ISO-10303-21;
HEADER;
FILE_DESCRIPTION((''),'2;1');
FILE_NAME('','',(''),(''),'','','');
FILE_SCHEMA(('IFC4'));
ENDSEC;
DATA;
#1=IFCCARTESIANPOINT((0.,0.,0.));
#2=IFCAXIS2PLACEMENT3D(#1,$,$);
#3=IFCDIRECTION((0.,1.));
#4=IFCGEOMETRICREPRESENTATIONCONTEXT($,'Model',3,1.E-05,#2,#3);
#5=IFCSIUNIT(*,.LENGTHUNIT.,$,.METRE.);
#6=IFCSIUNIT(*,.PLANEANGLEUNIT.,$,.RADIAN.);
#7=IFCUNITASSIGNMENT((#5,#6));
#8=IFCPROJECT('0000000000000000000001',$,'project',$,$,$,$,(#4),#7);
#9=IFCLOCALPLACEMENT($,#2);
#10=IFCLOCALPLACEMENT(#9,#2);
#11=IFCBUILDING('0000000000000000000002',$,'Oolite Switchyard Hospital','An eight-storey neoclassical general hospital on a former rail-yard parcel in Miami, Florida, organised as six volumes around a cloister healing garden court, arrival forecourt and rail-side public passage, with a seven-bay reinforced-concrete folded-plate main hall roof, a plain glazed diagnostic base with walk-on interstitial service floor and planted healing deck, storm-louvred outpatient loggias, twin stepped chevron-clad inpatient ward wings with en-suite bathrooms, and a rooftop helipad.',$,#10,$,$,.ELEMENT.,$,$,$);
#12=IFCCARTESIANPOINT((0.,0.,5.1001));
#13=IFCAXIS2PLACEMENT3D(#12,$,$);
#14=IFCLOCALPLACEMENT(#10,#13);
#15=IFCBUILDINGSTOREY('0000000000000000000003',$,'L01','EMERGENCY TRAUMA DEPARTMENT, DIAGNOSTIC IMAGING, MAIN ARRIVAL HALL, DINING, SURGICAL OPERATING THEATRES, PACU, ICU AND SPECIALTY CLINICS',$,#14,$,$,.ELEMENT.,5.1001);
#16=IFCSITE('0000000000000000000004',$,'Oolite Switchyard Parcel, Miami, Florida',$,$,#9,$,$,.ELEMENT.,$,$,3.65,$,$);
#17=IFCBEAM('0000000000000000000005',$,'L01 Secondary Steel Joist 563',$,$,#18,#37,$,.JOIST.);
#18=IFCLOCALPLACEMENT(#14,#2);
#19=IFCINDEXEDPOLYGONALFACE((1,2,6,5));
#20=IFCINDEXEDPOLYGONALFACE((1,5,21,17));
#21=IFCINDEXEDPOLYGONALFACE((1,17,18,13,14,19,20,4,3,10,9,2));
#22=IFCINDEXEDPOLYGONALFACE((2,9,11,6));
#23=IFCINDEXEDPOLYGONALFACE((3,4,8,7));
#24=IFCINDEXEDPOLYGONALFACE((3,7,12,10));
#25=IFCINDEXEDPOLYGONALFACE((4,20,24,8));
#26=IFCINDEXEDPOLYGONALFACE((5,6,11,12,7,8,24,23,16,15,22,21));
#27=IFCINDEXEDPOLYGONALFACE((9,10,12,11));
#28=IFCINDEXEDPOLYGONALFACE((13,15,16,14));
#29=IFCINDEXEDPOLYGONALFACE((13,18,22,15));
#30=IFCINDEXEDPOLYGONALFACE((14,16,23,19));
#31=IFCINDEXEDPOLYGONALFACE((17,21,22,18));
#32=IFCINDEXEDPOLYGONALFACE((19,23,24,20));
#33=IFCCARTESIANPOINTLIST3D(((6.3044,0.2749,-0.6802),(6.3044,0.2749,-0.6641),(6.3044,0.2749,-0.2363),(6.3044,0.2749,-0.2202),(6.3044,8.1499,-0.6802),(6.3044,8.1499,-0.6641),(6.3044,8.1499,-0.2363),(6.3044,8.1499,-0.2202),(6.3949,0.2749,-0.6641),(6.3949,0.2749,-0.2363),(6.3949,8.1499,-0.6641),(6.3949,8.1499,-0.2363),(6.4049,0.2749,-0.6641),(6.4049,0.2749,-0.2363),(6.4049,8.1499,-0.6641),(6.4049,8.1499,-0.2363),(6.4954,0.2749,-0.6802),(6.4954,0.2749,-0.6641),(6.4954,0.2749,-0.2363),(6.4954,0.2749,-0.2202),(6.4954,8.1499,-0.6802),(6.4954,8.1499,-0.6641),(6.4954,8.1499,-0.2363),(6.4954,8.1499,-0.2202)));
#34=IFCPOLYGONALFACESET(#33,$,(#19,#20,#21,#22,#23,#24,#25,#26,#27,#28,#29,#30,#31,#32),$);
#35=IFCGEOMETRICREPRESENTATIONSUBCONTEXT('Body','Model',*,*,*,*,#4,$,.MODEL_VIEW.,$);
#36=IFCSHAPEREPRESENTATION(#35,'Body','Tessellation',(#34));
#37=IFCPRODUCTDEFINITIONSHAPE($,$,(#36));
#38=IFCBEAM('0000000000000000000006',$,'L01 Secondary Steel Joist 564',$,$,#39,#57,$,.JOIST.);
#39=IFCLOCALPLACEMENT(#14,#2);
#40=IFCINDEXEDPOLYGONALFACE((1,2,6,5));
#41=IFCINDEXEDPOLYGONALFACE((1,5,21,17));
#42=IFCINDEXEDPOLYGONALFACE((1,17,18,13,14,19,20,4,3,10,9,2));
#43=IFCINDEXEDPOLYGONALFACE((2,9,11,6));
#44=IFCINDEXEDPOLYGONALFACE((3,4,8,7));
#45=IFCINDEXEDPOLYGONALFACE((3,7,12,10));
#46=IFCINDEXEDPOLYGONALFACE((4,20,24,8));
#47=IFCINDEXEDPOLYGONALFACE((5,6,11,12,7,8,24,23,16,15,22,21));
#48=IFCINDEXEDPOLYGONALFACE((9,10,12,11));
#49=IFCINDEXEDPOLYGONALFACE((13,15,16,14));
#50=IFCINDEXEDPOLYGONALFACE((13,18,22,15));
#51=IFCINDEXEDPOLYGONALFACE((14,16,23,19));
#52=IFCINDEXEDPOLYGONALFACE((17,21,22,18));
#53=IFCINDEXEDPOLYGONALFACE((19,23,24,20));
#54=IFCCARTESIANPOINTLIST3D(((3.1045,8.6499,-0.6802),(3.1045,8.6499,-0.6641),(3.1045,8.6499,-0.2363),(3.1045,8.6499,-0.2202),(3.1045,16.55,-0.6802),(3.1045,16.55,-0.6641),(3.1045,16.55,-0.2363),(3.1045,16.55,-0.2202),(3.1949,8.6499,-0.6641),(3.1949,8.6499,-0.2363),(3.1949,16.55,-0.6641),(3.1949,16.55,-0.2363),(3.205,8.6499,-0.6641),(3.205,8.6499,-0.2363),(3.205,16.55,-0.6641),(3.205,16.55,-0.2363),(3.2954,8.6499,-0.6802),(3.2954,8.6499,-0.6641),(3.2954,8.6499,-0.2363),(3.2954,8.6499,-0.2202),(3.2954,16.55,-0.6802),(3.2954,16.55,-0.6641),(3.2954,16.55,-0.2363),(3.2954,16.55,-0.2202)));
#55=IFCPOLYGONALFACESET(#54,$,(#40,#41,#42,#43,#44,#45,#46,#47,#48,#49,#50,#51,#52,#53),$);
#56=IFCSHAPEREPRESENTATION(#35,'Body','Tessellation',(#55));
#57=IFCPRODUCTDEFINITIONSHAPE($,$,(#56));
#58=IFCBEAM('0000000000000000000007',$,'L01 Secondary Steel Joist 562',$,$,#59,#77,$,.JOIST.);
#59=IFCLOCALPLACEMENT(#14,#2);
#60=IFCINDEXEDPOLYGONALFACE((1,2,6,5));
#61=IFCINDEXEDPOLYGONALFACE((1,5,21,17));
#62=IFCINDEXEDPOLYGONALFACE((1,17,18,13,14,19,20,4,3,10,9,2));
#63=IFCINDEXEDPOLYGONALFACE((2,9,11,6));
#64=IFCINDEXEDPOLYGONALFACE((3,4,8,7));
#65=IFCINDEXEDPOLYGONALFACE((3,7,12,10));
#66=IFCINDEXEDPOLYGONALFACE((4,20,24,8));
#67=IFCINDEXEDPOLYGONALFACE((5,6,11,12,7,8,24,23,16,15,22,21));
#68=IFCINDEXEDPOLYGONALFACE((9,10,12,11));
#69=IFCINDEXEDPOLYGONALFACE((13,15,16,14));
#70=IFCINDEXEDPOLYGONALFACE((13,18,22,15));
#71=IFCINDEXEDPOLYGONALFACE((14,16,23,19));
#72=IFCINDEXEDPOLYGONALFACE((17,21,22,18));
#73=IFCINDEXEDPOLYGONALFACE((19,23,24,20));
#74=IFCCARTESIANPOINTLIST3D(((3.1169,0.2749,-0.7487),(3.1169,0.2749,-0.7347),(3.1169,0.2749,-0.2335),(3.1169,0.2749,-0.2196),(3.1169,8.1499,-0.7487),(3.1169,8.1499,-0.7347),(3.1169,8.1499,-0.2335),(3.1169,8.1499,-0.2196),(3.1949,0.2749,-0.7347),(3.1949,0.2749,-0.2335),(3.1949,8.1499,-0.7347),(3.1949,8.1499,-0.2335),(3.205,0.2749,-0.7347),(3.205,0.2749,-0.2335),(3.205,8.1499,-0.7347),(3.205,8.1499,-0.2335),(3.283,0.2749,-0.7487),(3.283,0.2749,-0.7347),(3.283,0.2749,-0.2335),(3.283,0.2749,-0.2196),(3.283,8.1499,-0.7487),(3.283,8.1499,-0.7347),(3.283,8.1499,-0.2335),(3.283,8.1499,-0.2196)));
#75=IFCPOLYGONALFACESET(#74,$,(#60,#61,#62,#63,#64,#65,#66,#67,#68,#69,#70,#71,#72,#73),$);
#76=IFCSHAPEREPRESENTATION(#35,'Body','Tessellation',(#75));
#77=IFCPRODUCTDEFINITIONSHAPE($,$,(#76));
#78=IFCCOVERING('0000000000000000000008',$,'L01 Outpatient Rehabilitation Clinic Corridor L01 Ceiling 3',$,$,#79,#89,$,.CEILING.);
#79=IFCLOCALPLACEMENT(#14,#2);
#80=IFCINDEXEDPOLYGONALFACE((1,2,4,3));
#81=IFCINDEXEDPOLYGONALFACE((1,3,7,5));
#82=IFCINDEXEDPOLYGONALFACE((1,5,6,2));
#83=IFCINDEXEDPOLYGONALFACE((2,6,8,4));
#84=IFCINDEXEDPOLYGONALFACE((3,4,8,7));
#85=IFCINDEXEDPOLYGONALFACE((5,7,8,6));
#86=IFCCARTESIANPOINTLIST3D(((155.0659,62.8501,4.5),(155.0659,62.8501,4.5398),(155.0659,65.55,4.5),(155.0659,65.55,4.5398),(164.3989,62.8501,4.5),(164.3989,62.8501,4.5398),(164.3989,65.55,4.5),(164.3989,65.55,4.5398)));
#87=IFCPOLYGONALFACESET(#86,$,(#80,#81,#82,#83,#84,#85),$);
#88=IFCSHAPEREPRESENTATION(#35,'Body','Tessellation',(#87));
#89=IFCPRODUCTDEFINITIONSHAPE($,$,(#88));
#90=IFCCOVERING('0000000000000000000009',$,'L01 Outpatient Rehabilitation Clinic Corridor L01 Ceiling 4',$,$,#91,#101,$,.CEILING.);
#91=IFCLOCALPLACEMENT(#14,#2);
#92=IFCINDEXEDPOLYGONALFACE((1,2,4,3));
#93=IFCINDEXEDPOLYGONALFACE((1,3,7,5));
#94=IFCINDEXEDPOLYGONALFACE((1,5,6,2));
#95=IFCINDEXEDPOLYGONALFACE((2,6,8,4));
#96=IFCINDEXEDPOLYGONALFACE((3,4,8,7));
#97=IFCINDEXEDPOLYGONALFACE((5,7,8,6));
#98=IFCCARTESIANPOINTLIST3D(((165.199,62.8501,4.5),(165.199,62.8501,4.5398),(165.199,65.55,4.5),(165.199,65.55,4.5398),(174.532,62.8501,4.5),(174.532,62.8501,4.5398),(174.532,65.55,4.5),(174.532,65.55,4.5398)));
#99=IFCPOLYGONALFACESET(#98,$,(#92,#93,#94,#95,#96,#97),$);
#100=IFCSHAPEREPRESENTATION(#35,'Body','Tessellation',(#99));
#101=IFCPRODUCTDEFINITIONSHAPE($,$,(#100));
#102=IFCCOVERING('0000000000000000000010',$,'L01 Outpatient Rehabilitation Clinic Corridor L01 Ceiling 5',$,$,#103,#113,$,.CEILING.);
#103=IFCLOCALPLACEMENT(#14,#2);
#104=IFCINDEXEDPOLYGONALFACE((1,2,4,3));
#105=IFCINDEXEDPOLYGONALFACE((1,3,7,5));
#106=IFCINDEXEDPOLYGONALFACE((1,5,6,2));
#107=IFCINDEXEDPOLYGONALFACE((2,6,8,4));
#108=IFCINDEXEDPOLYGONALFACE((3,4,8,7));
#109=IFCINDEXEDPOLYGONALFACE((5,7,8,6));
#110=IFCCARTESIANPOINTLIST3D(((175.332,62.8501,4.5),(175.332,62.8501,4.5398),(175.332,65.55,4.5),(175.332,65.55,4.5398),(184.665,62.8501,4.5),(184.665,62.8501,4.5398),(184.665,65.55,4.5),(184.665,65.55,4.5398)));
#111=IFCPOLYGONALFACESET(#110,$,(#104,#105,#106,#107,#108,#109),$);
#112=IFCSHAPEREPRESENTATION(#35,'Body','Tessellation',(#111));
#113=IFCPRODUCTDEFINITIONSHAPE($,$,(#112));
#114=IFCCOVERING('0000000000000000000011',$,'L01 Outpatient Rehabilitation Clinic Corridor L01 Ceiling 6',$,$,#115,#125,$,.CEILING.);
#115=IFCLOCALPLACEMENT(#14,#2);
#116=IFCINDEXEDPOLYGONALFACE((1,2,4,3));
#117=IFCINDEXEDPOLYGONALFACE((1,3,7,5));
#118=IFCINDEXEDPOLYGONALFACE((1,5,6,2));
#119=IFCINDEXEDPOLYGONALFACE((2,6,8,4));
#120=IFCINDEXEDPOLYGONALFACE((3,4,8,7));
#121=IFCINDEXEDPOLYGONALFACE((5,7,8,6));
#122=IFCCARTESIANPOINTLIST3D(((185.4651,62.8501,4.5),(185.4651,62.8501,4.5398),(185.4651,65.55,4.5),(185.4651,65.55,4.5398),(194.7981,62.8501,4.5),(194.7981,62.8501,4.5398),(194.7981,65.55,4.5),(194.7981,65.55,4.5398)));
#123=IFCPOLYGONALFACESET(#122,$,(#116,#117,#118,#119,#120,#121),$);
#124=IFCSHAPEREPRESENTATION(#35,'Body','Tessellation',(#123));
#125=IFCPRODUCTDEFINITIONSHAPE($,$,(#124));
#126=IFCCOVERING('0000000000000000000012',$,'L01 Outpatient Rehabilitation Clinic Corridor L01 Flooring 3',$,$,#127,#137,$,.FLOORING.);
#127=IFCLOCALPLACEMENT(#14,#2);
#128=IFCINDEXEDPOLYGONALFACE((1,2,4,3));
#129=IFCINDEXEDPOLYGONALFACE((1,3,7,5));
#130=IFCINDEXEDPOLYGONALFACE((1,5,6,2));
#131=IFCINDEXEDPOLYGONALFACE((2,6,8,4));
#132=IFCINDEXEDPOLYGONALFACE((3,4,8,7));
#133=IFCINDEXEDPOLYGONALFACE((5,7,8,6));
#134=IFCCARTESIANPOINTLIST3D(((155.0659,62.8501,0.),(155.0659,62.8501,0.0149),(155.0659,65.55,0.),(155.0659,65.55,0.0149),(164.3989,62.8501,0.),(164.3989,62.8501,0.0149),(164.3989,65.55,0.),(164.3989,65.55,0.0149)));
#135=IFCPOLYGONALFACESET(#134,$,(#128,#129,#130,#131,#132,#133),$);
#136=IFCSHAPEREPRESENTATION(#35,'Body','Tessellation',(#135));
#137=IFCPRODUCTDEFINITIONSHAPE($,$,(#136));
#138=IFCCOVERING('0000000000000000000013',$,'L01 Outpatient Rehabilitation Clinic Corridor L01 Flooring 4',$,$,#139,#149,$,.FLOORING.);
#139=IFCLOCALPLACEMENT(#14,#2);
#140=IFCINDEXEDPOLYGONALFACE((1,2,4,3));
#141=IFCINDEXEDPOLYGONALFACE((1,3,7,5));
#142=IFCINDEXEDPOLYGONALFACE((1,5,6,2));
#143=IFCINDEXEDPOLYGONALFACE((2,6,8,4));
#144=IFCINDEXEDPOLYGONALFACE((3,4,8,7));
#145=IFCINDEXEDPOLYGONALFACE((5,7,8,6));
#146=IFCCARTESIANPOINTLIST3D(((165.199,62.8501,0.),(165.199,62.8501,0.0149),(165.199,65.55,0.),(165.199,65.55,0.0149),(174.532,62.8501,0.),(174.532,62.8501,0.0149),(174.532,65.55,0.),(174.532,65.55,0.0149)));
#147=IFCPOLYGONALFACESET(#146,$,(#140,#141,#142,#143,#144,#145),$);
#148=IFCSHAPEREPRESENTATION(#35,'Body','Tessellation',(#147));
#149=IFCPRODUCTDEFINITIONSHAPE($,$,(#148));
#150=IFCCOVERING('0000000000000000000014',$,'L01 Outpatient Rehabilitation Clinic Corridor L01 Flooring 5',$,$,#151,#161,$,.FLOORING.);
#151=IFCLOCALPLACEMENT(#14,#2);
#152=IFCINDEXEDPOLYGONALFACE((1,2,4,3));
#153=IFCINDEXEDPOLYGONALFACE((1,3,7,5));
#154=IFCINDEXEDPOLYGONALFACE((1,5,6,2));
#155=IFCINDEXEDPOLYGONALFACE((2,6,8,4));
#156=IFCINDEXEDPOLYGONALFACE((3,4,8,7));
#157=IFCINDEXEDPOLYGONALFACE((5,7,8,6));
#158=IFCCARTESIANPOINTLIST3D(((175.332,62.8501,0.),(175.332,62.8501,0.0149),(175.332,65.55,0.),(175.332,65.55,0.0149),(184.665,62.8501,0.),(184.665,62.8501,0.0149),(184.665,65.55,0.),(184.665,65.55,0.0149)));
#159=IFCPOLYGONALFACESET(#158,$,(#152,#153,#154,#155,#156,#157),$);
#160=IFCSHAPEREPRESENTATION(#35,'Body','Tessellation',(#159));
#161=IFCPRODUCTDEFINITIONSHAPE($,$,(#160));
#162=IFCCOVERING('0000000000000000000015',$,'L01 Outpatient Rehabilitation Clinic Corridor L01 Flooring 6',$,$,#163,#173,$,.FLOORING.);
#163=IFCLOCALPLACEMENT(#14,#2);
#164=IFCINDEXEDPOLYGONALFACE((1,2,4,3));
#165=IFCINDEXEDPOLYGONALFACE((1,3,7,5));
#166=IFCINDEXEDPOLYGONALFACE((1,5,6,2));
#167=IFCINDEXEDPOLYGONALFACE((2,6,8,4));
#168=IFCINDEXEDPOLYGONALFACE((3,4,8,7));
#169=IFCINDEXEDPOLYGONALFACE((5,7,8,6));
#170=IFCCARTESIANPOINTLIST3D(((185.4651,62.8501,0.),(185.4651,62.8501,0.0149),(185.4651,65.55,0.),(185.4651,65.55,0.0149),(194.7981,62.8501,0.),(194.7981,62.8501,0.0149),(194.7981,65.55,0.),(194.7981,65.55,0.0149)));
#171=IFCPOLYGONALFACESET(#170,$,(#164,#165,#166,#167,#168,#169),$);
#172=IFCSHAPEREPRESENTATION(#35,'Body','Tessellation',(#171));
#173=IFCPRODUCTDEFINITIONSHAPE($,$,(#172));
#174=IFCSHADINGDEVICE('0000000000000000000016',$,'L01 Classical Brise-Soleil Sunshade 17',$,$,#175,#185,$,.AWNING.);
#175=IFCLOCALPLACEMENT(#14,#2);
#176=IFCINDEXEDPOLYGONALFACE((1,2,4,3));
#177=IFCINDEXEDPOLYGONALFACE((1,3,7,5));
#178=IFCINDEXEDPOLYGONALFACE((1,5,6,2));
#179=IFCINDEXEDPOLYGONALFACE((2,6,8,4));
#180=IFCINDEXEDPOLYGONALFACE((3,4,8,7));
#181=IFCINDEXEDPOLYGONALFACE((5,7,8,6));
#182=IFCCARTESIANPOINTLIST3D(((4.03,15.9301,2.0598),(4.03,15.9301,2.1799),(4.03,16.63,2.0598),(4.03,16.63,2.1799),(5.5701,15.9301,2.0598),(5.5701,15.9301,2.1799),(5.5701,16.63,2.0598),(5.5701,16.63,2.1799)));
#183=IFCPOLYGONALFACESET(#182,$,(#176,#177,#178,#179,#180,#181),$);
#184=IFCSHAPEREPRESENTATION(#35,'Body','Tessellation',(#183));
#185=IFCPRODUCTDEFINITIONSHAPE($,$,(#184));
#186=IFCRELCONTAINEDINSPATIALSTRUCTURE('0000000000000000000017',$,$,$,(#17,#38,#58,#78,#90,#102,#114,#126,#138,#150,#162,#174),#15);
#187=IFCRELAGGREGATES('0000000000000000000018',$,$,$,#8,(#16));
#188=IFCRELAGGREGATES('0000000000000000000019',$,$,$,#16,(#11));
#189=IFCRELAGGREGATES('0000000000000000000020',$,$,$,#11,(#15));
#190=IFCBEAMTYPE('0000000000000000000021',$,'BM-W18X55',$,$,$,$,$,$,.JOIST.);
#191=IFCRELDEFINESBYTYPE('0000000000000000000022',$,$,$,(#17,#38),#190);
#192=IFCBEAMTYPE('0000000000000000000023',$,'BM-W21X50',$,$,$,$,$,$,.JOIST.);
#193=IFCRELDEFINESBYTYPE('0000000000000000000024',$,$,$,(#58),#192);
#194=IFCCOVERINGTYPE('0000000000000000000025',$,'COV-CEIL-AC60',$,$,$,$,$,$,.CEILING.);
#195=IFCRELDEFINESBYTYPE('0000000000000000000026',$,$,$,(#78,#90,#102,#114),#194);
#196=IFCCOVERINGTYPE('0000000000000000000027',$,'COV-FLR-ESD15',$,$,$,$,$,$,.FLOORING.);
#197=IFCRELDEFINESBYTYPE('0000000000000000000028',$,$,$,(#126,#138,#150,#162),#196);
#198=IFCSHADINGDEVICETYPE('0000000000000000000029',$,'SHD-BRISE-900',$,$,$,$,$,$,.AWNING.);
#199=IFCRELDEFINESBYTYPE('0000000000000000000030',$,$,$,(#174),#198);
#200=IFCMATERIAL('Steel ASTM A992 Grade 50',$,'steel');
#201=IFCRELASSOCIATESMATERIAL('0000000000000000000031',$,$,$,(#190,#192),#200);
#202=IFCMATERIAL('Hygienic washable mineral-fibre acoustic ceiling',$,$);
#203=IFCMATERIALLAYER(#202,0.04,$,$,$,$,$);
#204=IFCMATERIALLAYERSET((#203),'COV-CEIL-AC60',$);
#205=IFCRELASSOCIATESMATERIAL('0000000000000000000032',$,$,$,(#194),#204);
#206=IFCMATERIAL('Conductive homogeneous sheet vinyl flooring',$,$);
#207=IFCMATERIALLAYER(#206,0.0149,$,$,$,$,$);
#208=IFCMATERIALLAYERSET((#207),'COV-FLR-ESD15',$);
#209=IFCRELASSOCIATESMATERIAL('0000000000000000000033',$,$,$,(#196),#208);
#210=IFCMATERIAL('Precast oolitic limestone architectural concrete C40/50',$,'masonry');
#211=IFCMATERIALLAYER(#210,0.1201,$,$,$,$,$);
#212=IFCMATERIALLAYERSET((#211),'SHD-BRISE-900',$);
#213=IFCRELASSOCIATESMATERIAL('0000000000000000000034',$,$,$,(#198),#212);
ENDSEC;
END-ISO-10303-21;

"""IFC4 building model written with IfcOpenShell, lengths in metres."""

from ifc_helpers import new_model, si_unit, direction, frame, origin, origin_2d, place, context, subcontext, project, spatial, polyline, rectangle, i_section, outline, extrude, material, layer, layer_set, material_profile, profile_set, type_object, element, save


model = new_model("IFC4")

# Units and contexts
model_context = context("Model", 3, precision=1e-05, world=origin(), true_north=direction((0.0, 1.0)))
body_context = subcontext(model_context, "Body", "Model", "MODEL_VIEW")
ifc_project = project(units=[si_unit("LENGTHUNIT", "METRE"), si_unit("PLANEANGLEUNIT", "RADIAN")], contexts=[model_context])

# Site, building, storey
site_placement = place(None, origin())
site = spatial("IfcSite", under=ifc_project, at=site_placement, Name="Oolite Switchyard Parcel, Miami, Florida", CompositionType="ELEMENT", RefElevation=3.65)
building_placement = place(site_placement, origin())
building = spatial("IfcBuilding", under=site, at=building_placement, Name="Oolite Switchyard Hospital", Description="An eight-storey neoclassical general hospital on a former rail-yard parcel in Miami, Florida, organised as six volumes around a cloister healing garden court, arrival forecourt and rail-side public passage, with a seven-bay reinforced-concrete folded-plate main hall roof, a plain glazed diagnostic base with walk-on interstitial service floor and planted healing deck, storm-louvred outpatient loggias, twin stepped chevron-clad inpatient ward wings with en-suite bathrooms, and a rooftop helipad.", CompositionType="ELEMENT")
storey_placement = place(building_placement, frame((0.0, 0.0, 5.1001)))
storey = spatial("IfcBuildingStorey", under=building, at=storey_placement, Name="L01", Description="EMERGENCY TRAUMA DEPARTMENT, DIAGNOSTIC IMAGING, MAIN ARRIVAL HALL, DINING, SURGICAL OPERATING THEATRES, PACU, ICU AND SPECIALTY CLINICS", CompositionType="ELEMENT", Elevation=5.1001)

# Beams
ifc_material_1 = material(Name="Steel ASTM A992 Grade 50", Category="steel")
ifc_material_profile_1 = material_profile(ifc_material_1, i_section(OverallWidth=0.1909, OverallDepth=0.46, WebThickness=0.01, FlangeThickness=0.0161, at=origin_2d()), Name="W18X55")
ifc_profile_set_1 = profile_set([ifc_material_profile_1], Name="Steel ASTM A992 Grade 50")
beam_type_1 = type_object("IfcBeamType", Name="BM-W18X55", PredefinedType="JOIST", material=ifc_profile_set_1)
beam_1_placement = place(storey_placement, frame((6.3999, 0.2749, -0.4502), z_axis=(0.0, 1.0, 0.0), x_axis=(-1.0, 0.0, 0.0)))
element("IfcBeam", 1, at=beam_1_placement, inside=storey, type_object=beam_type_1, Name="L01 Secondary Steel Joist 563", PredefinedType="JOIST", context=body_context, shape_type="SweptSolid", body=[
    extrude(i_section(OverallWidth=0.1909, OverallDepth=0.46, WebThickness=0.01, FlangeThickness=0.0161, at=origin_2d()), origin(), (0.0, 0.0, 1.0), 7.875),
])
beam_2_placement = place(storey_placement, frame((3.2, 8.6499, -0.4502), z_axis=(0.0, 1.0, 0.0), x_axis=(-1.0, 0.0, 0.0)))
element("IfcBeam", 2, at=beam_2_placement, inside=storey, type_object=beam_type_1, Name="L01 Secondary Steel Joist 564", PredefinedType="JOIST", context=body_context, shape_type="SweptSolid", body=[
    extrude(i_section(OverallWidth=0.1909, OverallDepth=0.46, WebThickness=0.01, FlangeThickness=0.0161, at=origin_2d()), origin(), (0.0, 0.0, 1.0), 7.9001),
])
ifc_material_profile_2 = material_profile(ifc_material_1, i_section(OverallWidth=0.166, OverallDepth=0.5291, WebThickness=0.01, FlangeThickness=0.0139, at=origin_2d()), Name="W21X50")
ifc_profile_set_2 = profile_set([ifc_material_profile_2], Name="Steel ASTM A992 Grade 50")
beam_type_2 = type_object("IfcBeamType", Name="BM-W21X50", PredefinedType="JOIST", material=ifc_profile_set_2)
beam_3_placement = place(storey_placement, frame((3.2, 0.2749, -0.4841), z_axis=(0.0, 1.0, 0.0), x_axis=(-1.0, 0.0, 0.0)))
element("IfcBeam", 3, at=beam_3_placement, inside=storey, type_object=beam_type_2, Name="L01 Secondary Steel Joist 562", PredefinedType="JOIST", context=body_context, shape_type="SweptSolid", body=[
    extrude(i_section(OverallWidth=0.166, OverallDepth=0.5291, WebThickness=0.01, FlangeThickness=0.0139, at=origin_2d()), origin(), (0.0, 0.0, 1.0), 7.875),
])

# Coverings
ifc_material_2 = material(Name="Hygienic washable mineral-fibre acoustic ceiling")
ifc_layer_1 = layer(ifc_material_2, 0.04)
ifc_layer_set_1 = layer_set([ifc_layer_1], Name="COV-CEIL-AC60")
covering_type_1 = type_object("IfcCoveringType", Name="COV-CEIL-AC60", PredefinedType="CEILING", material=ifc_layer_set_1)
covering_1_placement = place(storey_placement, frame((0.0, 0.0, 4.5)))
element("IfcCovering", 4, at=covering_1_placement, inside=storey, type_object=covering_type_1, Name="L01 Outpatient Rehabilitation Clinic Corridor L01 Ceiling 3", PredefinedType="CEILING", context=body_context, shape_type="SweptSolid", body=[
    extrude(outline(polyline([(155.0659, 62.8501), (164.3989, 62.8501), (164.3989, 65.55), (155.0659, 65.55), (155.0659, 62.8501)])), origin(), (0.0, 0.0, 1.0), 0.0398),
])
covering_2_placement = place(storey_placement, frame((0.0, 0.0, 4.5)))
element("IfcCovering", 5, at=covering_2_placement, inside=storey, type_object=covering_type_1, Name="L01 Outpatient Rehabilitation Clinic Corridor L01 Ceiling 4", PredefinedType="CEILING", context=body_context, shape_type="SweptSolid", body=[
    extrude(outline(polyline([(165.199, 62.8501), (174.532, 62.8501), (174.532, 65.55), (165.199, 65.55), (165.199, 62.8501)])), origin(), (0.0, 0.0, 1.0), 0.0398),
])
covering_3_placement = place(storey_placement, frame((0.0, 0.0, 4.5)))
element("IfcCovering", 6, at=covering_3_placement, inside=storey, type_object=covering_type_1, Name="L01 Outpatient Rehabilitation Clinic Corridor L01 Ceiling 5", PredefinedType="CEILING", context=body_context, shape_type="SweptSolid", body=[
    extrude(outline(polyline([(175.332, 62.8501), (184.665, 62.8501), (184.665, 65.55), (175.332, 65.55), (175.332, 62.8501)])), origin(), (0.0, 0.0, 1.0), 0.0398),
])
covering_4_placement = place(storey_placement, frame((0.0, 0.0, 4.5)))
element("IfcCovering", 7, at=covering_4_placement, inside=storey, type_object=covering_type_1, Name="L01 Outpatient Rehabilitation Clinic Corridor L01 Ceiling 6", PredefinedType="CEILING", context=body_context, shape_type="SweptSolid", body=[
    extrude(outline(polyline([(185.4651, 62.8501), (194.7981, 62.8501), (194.7981, 65.55), (185.4651, 65.55), (185.4651, 62.8501)])), origin(), (0.0, 0.0, 1.0), 0.0398),
])
ifc_material_3 = material(Name="Conductive homogeneous sheet vinyl flooring")
ifc_layer_2 = layer(ifc_material_3, 0.0149)
ifc_layer_set_2 = layer_set([ifc_layer_2], Name="COV-FLR-ESD15")
covering_type_2 = type_object("IfcCoveringType", Name="COV-FLR-ESD15", PredefinedType="FLOORING", material=ifc_layer_set_2)
covering_5_placement = place(storey_placement, origin())
element("IfcCovering", 8, at=covering_5_placement, inside=storey, type_object=covering_type_2, Name="L01 Outpatient Rehabilitation Clinic Corridor L01 Flooring 3", PredefinedType="FLOORING", context=body_context, shape_type="SweptSolid", body=[
    extrude(outline(polyline([(155.0659, 62.8501), (164.3989, 62.8501), (164.3989, 65.55), (155.0659, 65.55), (155.0659, 62.8501)])), origin(), (0.0, 0.0, 1.0), 0.0149),
])
covering_6_placement = place(storey_placement, origin())
element("IfcCovering", 9, at=covering_6_placement, inside=storey, type_object=covering_type_2, Name="L01 Outpatient Rehabilitation Clinic Corridor L01 Flooring 4", PredefinedType="FLOORING", context=body_context, shape_type="SweptSolid", body=[
    extrude(outline(polyline([(165.199, 62.8501), (174.532, 62.8501), (174.532, 65.55), (165.199, 65.55), (165.199, 62.8501)])), origin(), (0.0, 0.0, 1.0), 0.0149),
])
covering_7_placement = place(storey_placement, origin())
element("IfcCovering", 10, at=covering_7_placement, inside=storey, type_object=covering_type_2, Name="L01 Outpatient Rehabilitation Clinic Corridor L01 Flooring 5", PredefinedType="FLOORING", context=body_context, shape_type="SweptSolid", body=[
    extrude(outline(polyline([(175.332, 62.8501), (184.665, 62.8501), (184.665, 65.55), (175.332, 65.55), (175.332, 62.8501)])), origin(), (0.0, 0.0, 1.0), 0.0149),
])
covering_8_placement = place(storey_placement, origin())
element("IfcCovering", 11, at=covering_8_placement, inside=storey, type_object=covering_type_2, Name="L01 Outpatient Rehabilitation Clinic Corridor L01 Flooring 6", PredefinedType="FLOORING", context=body_context, shape_type="SweptSolid", body=[
    extrude(outline(polyline([(185.4651, 62.8501), (194.7981, 62.8501), (194.7981, 65.55), (185.4651, 65.55), (185.4651, 62.8501)])), origin(), (0.0, 0.0, 1.0), 0.0149),
])

# Shading device
ifc_material_4 = material(Name="Precast oolitic limestone architectural concrete C40/50", Category="masonry")
ifc_layer_3 = layer(ifc_material_4, 0.1201)
ifc_layer_set_3 = layer_set([ifc_layer_3], Name="SHD-BRISE-900")
shading_device_type = type_object("IfcShadingDeviceType", Name="SHD-BRISE-900", PredefinedType="AWNING", material=ifc_layer_set_3)
shading_device_placement = place(storey_placement, frame((4.8, 16.28, 2.0598), z_axis=(0.0, 0.0, 1.0), x_axis=(1.0, 0.0, 0.0)))
element("IfcShadingDevice", 12, at=shading_device_placement, inside=storey, type_object=shading_device_type, Name="L01 Classical Brise-Soleil Sunshade 17", PredefinedType="AWNING", context=body_context, shape_type="SweptSolid", body=[
    extrude(rectangle(XDim=1.54, YDim=0.7, at=origin_2d()), origin(), (0.0, 0.0, 1.0), 0.1201),
])

save(model, "model.ifc")
